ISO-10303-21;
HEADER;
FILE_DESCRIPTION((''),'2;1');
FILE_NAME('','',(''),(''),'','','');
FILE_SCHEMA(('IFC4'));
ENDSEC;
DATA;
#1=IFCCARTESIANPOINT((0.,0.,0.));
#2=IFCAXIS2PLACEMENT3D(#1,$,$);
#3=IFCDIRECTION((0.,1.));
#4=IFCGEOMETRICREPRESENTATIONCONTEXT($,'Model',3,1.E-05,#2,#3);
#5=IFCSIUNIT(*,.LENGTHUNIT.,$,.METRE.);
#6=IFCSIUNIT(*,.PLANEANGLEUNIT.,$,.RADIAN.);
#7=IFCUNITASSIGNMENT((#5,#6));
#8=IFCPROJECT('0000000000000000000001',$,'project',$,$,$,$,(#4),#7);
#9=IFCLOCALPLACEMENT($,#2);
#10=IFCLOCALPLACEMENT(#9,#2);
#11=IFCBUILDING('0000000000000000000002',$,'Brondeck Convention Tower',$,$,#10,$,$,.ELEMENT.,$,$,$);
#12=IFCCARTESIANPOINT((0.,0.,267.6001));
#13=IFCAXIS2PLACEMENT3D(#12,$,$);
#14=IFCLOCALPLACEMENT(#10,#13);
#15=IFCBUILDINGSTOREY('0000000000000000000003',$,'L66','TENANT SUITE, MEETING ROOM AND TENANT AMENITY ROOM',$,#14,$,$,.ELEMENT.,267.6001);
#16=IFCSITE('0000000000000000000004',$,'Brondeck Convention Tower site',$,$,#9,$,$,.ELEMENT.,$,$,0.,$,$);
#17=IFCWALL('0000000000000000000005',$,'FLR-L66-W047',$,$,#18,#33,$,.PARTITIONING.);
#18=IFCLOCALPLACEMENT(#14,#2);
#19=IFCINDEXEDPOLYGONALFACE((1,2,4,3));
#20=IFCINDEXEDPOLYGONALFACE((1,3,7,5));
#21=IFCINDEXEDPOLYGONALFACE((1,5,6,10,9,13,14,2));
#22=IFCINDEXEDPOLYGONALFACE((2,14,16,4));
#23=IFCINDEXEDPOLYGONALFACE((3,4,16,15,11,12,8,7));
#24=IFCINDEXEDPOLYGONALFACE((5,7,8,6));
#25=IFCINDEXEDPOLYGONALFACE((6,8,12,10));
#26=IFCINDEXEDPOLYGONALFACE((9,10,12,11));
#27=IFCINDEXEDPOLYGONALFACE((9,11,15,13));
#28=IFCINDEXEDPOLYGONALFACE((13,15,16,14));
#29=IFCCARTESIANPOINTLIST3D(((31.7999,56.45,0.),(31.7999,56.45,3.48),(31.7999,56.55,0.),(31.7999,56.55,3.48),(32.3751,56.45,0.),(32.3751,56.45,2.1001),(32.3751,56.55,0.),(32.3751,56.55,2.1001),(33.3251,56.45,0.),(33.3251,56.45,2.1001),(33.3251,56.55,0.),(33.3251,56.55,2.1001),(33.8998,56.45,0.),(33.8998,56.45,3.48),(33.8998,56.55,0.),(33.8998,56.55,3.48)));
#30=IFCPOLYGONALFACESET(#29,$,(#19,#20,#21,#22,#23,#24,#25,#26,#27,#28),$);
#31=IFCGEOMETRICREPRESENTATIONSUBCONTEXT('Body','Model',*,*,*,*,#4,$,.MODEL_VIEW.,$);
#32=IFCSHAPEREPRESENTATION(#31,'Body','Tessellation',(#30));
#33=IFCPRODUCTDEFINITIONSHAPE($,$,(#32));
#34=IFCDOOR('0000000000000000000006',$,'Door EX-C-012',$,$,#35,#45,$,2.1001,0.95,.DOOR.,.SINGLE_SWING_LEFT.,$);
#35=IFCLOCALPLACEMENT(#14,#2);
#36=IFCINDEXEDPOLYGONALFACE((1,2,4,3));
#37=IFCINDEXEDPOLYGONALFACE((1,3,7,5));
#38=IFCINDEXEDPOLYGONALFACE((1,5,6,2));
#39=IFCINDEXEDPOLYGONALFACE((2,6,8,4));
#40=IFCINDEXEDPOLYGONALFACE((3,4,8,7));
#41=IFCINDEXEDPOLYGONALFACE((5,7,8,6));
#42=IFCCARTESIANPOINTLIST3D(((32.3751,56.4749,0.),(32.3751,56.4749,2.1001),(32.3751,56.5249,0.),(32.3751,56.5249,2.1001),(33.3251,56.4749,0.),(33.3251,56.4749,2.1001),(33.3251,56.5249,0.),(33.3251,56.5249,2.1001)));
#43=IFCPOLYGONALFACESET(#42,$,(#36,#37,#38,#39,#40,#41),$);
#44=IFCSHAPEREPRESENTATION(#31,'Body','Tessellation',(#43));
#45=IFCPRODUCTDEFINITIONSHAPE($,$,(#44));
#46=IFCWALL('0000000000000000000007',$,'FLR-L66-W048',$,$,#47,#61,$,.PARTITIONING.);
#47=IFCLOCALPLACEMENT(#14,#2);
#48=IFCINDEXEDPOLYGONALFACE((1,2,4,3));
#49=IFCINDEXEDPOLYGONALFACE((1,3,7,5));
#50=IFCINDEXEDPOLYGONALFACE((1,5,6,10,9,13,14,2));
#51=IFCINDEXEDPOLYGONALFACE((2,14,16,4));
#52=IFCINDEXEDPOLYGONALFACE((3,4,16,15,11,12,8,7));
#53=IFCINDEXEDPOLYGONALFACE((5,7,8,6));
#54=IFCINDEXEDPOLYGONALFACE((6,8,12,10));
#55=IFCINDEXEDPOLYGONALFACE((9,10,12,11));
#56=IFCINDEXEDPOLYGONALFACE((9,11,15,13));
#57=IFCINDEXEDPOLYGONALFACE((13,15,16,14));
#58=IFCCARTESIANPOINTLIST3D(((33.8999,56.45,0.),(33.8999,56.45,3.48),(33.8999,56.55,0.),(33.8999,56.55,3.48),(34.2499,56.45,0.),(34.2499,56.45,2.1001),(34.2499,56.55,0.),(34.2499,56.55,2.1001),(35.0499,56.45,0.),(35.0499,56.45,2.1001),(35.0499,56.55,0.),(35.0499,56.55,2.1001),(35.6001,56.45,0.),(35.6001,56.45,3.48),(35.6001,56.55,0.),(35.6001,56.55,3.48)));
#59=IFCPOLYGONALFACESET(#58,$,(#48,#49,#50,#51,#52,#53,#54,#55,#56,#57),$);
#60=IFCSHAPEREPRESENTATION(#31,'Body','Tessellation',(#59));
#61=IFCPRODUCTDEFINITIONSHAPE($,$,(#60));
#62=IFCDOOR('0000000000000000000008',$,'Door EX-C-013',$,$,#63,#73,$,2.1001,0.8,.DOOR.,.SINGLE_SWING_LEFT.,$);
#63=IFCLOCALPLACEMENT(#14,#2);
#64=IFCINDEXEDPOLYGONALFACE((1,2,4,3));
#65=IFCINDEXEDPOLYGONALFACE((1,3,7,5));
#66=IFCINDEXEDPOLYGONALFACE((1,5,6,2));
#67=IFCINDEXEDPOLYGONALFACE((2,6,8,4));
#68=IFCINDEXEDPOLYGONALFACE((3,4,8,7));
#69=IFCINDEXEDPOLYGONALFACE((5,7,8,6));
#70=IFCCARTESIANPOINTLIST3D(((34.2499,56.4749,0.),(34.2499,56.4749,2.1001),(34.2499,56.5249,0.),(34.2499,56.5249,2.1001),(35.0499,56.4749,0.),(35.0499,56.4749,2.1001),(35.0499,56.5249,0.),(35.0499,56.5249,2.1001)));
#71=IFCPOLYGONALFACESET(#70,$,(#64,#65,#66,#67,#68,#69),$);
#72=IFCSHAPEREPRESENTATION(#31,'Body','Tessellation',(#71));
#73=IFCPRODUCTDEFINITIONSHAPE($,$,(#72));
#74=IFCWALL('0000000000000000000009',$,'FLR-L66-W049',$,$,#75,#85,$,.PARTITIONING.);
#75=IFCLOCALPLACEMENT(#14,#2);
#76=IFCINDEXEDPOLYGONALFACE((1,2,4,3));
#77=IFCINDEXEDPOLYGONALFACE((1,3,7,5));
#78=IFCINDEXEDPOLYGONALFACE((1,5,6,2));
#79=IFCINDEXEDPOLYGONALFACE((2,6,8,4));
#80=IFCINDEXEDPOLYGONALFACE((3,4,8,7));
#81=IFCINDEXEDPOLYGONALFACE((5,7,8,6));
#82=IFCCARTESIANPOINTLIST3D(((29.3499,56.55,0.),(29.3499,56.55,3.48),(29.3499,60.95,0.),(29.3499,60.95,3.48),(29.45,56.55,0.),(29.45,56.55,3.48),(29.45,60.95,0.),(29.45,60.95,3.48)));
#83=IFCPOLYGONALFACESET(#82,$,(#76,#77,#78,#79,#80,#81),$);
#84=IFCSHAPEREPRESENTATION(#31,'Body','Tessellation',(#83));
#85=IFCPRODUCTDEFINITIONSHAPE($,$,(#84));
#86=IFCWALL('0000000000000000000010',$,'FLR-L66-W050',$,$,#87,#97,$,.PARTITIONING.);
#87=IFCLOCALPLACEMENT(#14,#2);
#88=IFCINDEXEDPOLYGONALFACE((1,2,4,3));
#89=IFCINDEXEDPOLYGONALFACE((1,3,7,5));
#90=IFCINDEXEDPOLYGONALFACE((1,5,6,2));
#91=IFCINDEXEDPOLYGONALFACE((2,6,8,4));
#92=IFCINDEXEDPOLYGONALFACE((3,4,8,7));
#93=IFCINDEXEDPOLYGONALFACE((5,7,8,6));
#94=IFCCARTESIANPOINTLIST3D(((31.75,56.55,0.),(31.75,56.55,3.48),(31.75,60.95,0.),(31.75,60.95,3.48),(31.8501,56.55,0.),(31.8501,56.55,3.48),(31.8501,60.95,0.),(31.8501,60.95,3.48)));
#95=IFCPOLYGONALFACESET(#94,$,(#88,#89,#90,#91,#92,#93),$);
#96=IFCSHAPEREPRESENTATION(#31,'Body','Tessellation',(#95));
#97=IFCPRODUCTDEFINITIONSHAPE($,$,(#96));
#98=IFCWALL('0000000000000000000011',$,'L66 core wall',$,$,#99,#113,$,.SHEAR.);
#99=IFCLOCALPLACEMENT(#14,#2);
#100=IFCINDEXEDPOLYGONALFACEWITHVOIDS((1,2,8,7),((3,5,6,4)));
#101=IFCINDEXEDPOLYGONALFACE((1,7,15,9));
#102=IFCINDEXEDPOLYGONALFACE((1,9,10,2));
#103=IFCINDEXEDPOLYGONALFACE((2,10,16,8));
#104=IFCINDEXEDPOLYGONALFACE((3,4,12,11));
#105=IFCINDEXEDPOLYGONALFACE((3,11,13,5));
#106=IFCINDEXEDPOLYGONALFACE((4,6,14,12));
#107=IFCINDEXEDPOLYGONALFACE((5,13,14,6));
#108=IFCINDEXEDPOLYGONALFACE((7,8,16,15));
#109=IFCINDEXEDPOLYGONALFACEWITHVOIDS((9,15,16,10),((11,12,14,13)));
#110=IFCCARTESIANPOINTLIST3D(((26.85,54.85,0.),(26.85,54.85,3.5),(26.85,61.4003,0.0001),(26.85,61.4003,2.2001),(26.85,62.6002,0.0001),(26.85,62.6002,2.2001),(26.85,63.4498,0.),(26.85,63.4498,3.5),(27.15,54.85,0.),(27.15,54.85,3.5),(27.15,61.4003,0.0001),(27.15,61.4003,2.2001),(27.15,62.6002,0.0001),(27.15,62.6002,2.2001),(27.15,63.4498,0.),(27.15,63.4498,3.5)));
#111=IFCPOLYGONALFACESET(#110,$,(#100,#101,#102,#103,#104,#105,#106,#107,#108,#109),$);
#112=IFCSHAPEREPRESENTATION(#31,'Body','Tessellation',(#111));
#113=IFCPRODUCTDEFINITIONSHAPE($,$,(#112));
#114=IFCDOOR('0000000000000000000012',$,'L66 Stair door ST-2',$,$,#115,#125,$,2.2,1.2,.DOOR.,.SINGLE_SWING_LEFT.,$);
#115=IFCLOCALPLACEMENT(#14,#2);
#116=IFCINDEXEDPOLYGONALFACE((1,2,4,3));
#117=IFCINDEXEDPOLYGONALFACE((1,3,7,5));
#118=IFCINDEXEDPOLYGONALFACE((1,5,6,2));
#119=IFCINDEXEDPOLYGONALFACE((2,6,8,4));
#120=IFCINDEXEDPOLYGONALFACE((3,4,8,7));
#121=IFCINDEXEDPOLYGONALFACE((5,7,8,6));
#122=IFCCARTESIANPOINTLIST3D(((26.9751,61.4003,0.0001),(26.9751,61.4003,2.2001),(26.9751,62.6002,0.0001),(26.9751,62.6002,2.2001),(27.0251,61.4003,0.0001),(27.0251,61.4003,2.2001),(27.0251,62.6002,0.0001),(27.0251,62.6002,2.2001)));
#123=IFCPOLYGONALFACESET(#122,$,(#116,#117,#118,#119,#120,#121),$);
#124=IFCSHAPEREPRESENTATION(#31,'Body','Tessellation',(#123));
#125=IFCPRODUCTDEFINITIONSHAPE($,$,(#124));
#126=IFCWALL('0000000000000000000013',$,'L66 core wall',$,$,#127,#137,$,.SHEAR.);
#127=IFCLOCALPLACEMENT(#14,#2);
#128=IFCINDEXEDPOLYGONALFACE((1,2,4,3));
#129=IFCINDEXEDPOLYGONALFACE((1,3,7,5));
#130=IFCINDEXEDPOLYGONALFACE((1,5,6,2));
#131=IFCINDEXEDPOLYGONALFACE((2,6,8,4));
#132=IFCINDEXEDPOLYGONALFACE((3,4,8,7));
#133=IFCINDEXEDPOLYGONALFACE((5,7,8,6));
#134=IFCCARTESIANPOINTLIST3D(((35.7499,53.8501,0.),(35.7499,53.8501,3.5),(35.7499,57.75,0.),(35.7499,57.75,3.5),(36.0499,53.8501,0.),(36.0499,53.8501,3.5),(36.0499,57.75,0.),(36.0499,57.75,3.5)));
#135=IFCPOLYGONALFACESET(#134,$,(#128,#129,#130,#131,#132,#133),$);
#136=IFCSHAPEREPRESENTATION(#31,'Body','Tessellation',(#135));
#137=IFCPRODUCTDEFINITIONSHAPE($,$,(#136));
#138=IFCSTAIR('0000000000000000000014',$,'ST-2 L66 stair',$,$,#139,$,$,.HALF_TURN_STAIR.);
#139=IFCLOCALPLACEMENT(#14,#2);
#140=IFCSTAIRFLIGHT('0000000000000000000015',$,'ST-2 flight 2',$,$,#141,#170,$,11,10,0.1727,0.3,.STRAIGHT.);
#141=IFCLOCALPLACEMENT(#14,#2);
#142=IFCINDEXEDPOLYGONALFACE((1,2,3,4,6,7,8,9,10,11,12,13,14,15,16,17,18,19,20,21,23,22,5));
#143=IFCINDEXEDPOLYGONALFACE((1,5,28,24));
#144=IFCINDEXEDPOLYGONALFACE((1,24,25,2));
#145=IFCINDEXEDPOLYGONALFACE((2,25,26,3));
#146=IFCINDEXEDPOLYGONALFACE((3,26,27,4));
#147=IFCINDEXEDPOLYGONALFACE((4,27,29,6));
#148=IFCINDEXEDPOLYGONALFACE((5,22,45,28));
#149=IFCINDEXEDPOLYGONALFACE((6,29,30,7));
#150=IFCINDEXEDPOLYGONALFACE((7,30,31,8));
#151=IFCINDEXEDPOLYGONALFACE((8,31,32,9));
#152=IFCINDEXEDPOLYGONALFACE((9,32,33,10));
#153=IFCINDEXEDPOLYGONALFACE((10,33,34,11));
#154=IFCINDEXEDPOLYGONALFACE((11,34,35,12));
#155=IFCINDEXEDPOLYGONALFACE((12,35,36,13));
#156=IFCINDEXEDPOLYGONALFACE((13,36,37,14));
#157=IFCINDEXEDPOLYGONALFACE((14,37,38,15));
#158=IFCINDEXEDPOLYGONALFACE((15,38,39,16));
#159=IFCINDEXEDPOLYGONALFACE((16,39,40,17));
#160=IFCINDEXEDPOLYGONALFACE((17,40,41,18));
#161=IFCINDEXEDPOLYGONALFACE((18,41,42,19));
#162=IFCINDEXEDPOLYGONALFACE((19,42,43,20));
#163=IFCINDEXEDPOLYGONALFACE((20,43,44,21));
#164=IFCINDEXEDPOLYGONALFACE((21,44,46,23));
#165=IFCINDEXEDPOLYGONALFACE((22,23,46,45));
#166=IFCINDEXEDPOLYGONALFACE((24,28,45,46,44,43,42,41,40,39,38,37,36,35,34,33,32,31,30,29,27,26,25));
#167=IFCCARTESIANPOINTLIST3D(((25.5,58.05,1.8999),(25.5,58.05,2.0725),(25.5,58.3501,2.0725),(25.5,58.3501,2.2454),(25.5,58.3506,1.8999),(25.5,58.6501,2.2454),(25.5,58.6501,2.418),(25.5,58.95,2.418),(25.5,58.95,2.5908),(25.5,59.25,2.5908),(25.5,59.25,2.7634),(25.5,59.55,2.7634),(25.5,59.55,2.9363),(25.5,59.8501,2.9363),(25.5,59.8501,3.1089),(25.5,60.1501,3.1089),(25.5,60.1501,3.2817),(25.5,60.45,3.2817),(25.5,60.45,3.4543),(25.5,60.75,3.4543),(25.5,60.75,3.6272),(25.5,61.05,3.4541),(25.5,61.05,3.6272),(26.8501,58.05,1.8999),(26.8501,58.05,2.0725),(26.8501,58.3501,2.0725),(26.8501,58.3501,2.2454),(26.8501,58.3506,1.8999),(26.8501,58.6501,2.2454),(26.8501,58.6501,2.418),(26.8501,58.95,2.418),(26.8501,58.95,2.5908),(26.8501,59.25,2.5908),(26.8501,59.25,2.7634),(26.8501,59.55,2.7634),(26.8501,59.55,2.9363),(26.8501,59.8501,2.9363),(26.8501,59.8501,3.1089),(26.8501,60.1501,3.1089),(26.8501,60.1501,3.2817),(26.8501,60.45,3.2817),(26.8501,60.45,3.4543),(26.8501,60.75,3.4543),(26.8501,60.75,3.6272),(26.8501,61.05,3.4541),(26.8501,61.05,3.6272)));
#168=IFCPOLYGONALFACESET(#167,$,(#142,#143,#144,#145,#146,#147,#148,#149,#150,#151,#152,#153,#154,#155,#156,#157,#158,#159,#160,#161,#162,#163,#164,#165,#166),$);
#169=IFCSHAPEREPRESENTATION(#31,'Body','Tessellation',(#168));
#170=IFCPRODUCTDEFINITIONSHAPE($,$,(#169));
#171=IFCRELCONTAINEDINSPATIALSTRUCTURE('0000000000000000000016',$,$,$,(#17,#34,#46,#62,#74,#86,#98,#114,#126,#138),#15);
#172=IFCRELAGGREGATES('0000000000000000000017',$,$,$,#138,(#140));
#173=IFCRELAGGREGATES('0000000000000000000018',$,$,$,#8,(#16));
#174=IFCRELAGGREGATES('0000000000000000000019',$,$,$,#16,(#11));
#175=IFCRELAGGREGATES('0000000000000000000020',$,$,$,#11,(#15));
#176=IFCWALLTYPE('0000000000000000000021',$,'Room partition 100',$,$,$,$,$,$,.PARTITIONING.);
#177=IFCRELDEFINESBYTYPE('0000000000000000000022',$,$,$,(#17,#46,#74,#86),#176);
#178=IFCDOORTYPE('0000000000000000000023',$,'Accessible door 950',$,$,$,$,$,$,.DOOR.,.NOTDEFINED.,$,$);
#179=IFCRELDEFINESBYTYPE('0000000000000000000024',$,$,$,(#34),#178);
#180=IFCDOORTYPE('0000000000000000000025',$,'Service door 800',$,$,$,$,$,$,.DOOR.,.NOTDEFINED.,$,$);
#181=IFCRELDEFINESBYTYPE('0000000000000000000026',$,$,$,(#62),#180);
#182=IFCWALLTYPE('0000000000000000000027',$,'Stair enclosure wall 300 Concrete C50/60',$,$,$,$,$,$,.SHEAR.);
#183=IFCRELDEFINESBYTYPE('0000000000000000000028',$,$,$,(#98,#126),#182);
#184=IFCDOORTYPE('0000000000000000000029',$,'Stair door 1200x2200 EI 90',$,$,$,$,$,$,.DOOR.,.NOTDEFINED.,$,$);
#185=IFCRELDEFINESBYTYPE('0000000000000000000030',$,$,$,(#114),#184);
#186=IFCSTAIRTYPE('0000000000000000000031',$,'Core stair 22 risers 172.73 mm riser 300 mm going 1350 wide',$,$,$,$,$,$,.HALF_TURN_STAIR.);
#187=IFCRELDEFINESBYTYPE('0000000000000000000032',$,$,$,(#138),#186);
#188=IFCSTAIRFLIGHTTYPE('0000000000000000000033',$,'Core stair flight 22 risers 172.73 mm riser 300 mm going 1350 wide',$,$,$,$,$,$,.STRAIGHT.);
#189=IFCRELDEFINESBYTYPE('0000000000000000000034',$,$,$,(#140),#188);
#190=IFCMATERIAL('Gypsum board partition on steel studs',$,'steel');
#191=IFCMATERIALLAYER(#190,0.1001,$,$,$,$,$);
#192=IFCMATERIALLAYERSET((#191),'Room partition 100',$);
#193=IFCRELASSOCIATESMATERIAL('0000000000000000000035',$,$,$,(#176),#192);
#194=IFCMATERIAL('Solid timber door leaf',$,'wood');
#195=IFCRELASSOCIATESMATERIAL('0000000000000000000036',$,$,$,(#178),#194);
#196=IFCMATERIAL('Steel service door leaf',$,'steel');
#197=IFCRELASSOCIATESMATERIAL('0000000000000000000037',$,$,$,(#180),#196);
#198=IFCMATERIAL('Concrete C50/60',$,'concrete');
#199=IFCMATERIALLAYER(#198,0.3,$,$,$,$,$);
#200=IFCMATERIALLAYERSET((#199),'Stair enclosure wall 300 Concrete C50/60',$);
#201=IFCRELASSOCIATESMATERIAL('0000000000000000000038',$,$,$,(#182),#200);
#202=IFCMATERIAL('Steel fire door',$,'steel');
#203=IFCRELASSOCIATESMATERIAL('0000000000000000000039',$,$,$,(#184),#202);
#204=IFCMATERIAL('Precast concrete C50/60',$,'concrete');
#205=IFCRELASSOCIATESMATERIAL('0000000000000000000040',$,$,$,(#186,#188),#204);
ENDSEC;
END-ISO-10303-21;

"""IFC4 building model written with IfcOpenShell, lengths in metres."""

from ifc_helpers import new_model, si_unit, direction, frame, frame_2d, origin, place, context, subcontext, project, spatial, polyline, rectangle, outline, extrude, material, layer, layer_set, type_object, element, fill, aggregate, save


model = new_model("IFC4")

# Units and contexts
model_context = context("Model", 3, precision=1e-05, world=origin(), true_north=direction((0.0, 1.0)))
body_context = subcontext(model_context, "Body", "Model", "MODEL_VIEW")
ifc_project = project(units=[si_unit("LENGTHUNIT", "METRE"), si_unit("PLANEANGLEUNIT", "RADIAN")], contexts=[model_context])

# Site, building, storey
site_placement = place(None, origin())
site = spatial("IfcSite", under=ifc_project, at=site_placement, Name="Brondeck Convention Tower site", CompositionType="ELEMENT", RefElevation=0.0)
building_placement = place(site_placement, origin())
building = spatial("IfcBuilding", under=site, at=building_placement, Name="Brondeck Convention Tower", CompositionType="ELEMENT")
storey_placement = place(building_placement, frame((0.0, 0.0, 267.6001)))
storey = spatial("IfcBuildingStorey", under=building, at=storey_placement, Name="L66", Description="TENANT SUITE, MEETING ROOM AND TENANT AMENITY ROOM", CompositionType="ELEMENT", Elevation=267.6001)

# Shared definitions
ifc_material_1 = material(Name="Concrete C50/60", Category="concrete")
ifc_material_2 = material(Name="Gypsum board partition on steel studs", Category="steel")
ifc_layer_1 = layer(ifc_material_2, 0.1001)
ifc_layer_set_1 = layer_set([ifc_layer_1], Name="Room partition 100")
wall_type_1 = type_object("IfcWallType", Name="Room partition 100", PredefinedType="PARTITIONING", material=ifc_layer_set_1)

# Shared definitions
ifc_material_3 = material(Name="Solid timber door leaf", Category="wood")

# Walls, openings, doors
wall_1_placement = place(storey_placement, frame((31.8, 56.5, 0.0), z_axis=(0.0, 0.0, 1.0), x_axis=(1.0, 0.0, 0.0)))
wall_1 = element("IfcWall", 1, at=wall_1_placement, inside=storey, type_object=wall_type_1, Name="FLR-L66-W047", PredefinedType="PARTITIONING", context=body_context, shape_type="SweptSolid", body=[
    extrude(rectangle(XDim=2.0999, YDim=0.1001, at=frame_2d((1.0498, 0.0))), origin(), (0.0, 0.0, 1.0), 3.48),
])
opening_1_placement = place(wall_1_placement, frame((0.575, 0.0, 0.0)))
opening_1 = element("IfcOpeningElement", 2, at=opening_1_placement, cuts=wall_1, PredefinedType="OPENING", context=body_context, shape_type="SweptSolid", body=[
    extrude(rectangle(XDim=0.95, YDim=2.1001, at=frame_2d((0.4751, 1.05))), frame((0.0, 0.0601, 0.0), z_axis=(0.0, -1.0, 0.0), x_axis=(1.0, 0.0, 0.0)), (0.0, 0.0, 1.0), 0.1201),
])
door_type_1 = type_object("IfcDoorType", Name="Accessible door 950", OperationType="NOTDEFINED", PredefinedType="DOOR", material=ifc_material_3)
door_1_placement = place(opening_1_placement, origin())
door_1 = element("IfcDoor", 3, at=door_1_placement, inside=storey, type_object=door_type_1, Name="Door EX-C-012", OperationType="SINGLE_SWING_LEFT", OverallHeight=2.1001, OverallWidth=0.95, PredefinedType="DOOR", context=body_context, shape_type="SweptSolid", body=[
    extrude(rectangle(XDim=0.95, YDim=2.1001, at=frame_2d((0.4751, 1.05))), frame((0.0, 0.0249, 0.0), z_axis=(0.0, -1.0, 0.0), x_axis=(1.0, 0.0, 0.0)), (0.0, 0.0, 1.0), 0.05),
])
fill(opening_1, door_1)
wall_2_placement = place(storey_placement, frame((33.8999, 56.5, 0.0), z_axis=(0.0, 0.0, 1.0), x_axis=(1.0, 0.0, 0.0)))
wall_2 = element("IfcWall", 4, at=wall_2_placement, inside=storey, type_object=wall_type_1, Name="FLR-L66-W048", PredefinedType="PARTITIONING", context=body_context, shape_type="SweptSolid", body=[
    extrude(rectangle(XDim=1.7002, YDim=0.1001, at=frame_2d((0.8501, 0.0))), origin(), (0.0, 0.0, 1.0), 3.48),
])
opening_2_placement = place(wall_2_placement, frame((0.3501, 0.0, 0.0)))
opening_2 = element("IfcOpeningElement", 5, at=opening_2_placement, cuts=wall_2, PredefinedType="OPENING", context=body_context, shape_type="SweptSolid", body=[
    extrude(rectangle(XDim=0.8, YDim=2.1001, at=frame_2d((0.3999, 1.05))), frame((0.0, 0.0601, 0.0), z_axis=(0.0, -1.0, 0.0), x_axis=(1.0, 0.0, 0.0)), (0.0, 0.0, 1.0), 0.1201),
])
ifc_material_4 = material(Name="Steel service door leaf", Category="steel")
door_type_2 = type_object("IfcDoorType", Name="Service door 800", OperationType="NOTDEFINED", PredefinedType="DOOR", material=ifc_material_4)
door_2_placement = place(opening_2_placement, origin())
door_2 = element("IfcDoor", 6, at=door_2_placement, inside=storey, type_object=door_type_2, Name="Door EX-C-013", OperationType="SINGLE_SWING_LEFT", OverallHeight=2.1001, OverallWidth=0.8, PredefinedType="DOOR", context=body_context, shape_type="SweptSolid", body=[
    extrude(rectangle(XDim=0.8, YDim=2.1001, at=frame_2d((0.3999, 1.05))), frame((0.0, 0.0249, 0.0), z_axis=(0.0, -1.0, 0.0), x_axis=(1.0, 0.0, 0.0)), (0.0, 0.0, 1.0), 0.05),
])
fill(opening_2, door_2)

# Walls
for number, where, z_axis, x_axis, name in (
    (7, (29.3999, 60.95, 0.0), (0.0, 0.0, 1.0), (0.0, -1.0, 0.0), "FLR-L66-W049"),
    (8, (31.8, 60.95, 0.0), (0.0, 0.0, 1.0), (0.0, -1.0, 0.0), "FLR-L66-W050"),
):
    element("IfcWall", number, at=place(storey_placement, frame(where, z_axis=z_axis, x_axis=x_axis)), inside=storey, type_object=wall_type_1, Name=name, PredefinedType="PARTITIONING", context=body_context, shape_type="SweptSolid", body=[
        extrude(rectangle(XDim=4.3999, YDim=0.1001, at=frame_2d((2.2, 0.0))), origin(), (0.0, 0.0, 1.0), 3.48),
    ])

# Wall, opening, door
ifc_layer_2 = layer(ifc_material_1, 0.3)
ifc_layer_set_2 = layer_set([ifc_layer_2], Name="Stair enclosure wall 300 Concrete C50/60")
wall_type_2 = type_object("IfcWallType", Name="Stair enclosure wall 300 Concrete C50/60", PredefinedType="SHEAR", material=ifc_layer_set_2)
wall_3_placement = place(storey_placement, frame((27.0, 54.8501, 0.0), z_axis=(0.0, 0.0, 1.0), x_axis=(0.0, 1.0, 0.0)))
wall_3 = element("IfcWall", 9, at=wall_3_placement, inside=storey, type_object=wall_type_2, Name="L66 core wall", PredefinedType="SHEAR", context=body_context, shape_type="SweptSolid", body=[
    extrude(rectangle(XDim=8.5999, YDim=0.3, at=frame_2d((4.2998, 0.0))), origin(), (0.0, 0.0, 1.0), 3.5),
])
opening_3_placement = place(wall_3_placement, frame((6.55, 0.0, 0.0)))
opening_3 = element("IfcOpeningElement", 10, at=opening_3_placement, cuts=wall_3, PredefinedType="OPENING", context=body_context, shape_type="SweptSolid", body=[
    extrude(rectangle(XDim=1.2, YDim=2.2, at=frame_2d((0.6001, 1.1001))), frame((0.0, 0.1599, 0.0), z_axis=(0.0, -1.0, 0.0), x_axis=(1.0, 0.0, 0.0)), (0.0, 0.0, 1.0), 0.3201),
])
ifc_material_5 = material(Name="Steel fire door", Category="steel")
door_type_3 = type_object("IfcDoorType", Name="Stair door 1200x2200 EI 90", OperationType="NOTDEFINED", PredefinedType="DOOR", material=ifc_material_5)
door_3_placement = place(opening_3_placement, origin())
door_3 = element("IfcDoor", 11, at=door_3_placement, inside=storey, type_object=door_type_3, Name="L66 Stair door ST-2", OperationType="SINGLE_SWING_LEFT", OverallHeight=2.2, OverallWidth=1.2, PredefinedType="DOOR", context=body_context, shape_type="SweptSolid", body=[
    extrude(rectangle(XDim=1.2, YDim=2.2, at=frame_2d((0.6001, 1.1001))), frame((0.0, 0.0249, 0.0), z_axis=(0.0, -1.0, 0.0), x_axis=(1.0, 0.0, 0.0)), (0.0, 0.0, 1.0), 0.05),
])
fill(opening_3, door_3)

# Wall
wall_4_placement = place(storey_placement, frame((35.8999, 53.8501, 0.0), z_axis=(0.0, 0.0, 1.0), x_axis=(0.0, 1.0, 0.0)))
element("IfcWall", 12, at=wall_4_placement, inside=storey, type_object=wall_type_2, Name="L66 core wall", PredefinedType="SHEAR", context=body_context, shape_type="SweptSolid", body=[
    extrude(rectangle(XDim=3.8999, YDim=0.3, at=frame_2d((1.95, 0.0))), origin(), (0.0, 0.0, 1.0), 3.5),
])

# Stair, stair flight
ifc_material_6 = material(Name="Precast concrete C50/60", Category="concrete")
stair_type = type_object("IfcStairType", Name="Core stair 22 risers 172.73 mm riser 300 mm going 1350 wide", PredefinedType="HALF_TURN_STAIR", material=ifc_material_6)
stair_placement = place(storey_placement, origin())
stair = element("IfcStair", 13, at=stair_placement, inside=storey, type_object=stair_type, Name="ST-2 L66 stair", PredefinedType="HALF_TURN_STAIR")
stair_flight_type = type_object("IfcStairFlightType", Name="Core stair flight 22 risers 172.73 mm riser 300 mm going 1350 wide", PredefinedType="STRAIGHT", material=ifc_material_6)
stair_flight_placement = place(storey_placement, frame((26.175, 58.05, 1.8999), z_axis=(0.0, 0.0, 1.0), x_axis=(0.0, 1.0, 0.0)))
stair_flight = element("IfcStairFlight", 14, at=stair_flight_placement, type_object=stair_flight_type, Name="ST-2 flight 2", NumberOfRisers=11, NumberOfTreads=10, PredefinedType="STRAIGHT", RiserHeight=0.1727, TreadLength=0.3, context=body_context, shape_type="SweptSolid", body=[
    extrude(outline(polyline([(0.0, 0.0), (0.0, 0.1726), (0.3, 0.1726), (0.3, 0.3455), (0.6001, 0.3455), (0.6001, 0.5181), (0.8999, 0.5181), (0.8999, 0.6909), (1.2, 0.6909), (1.2, 0.8635), (1.5, 0.8635), (1.5, 1.0364), (1.8, 1.0364), (1.8, 1.209), (2.1001, 1.209), (2.1001, 1.3818), (2.3999, 1.3818), (2.3999, 1.5544), (2.7, 1.5544), (2.7, 1.7273), (3.0, 1.7273), (3.0, 1.8999), (3.0, 1.5542), (0.3005, 0.0), (0.0, 0.0)])), frame((0.0, 0.675, 0.0), z_axis=(0.0, -1.0, 0.0), x_axis=(1.0, 0.0, 0.0)), (0.0, 0.0, 1.0), 1.3501),
])
aggregate(stair, [stair_flight])

save(model, "model.ifc")
